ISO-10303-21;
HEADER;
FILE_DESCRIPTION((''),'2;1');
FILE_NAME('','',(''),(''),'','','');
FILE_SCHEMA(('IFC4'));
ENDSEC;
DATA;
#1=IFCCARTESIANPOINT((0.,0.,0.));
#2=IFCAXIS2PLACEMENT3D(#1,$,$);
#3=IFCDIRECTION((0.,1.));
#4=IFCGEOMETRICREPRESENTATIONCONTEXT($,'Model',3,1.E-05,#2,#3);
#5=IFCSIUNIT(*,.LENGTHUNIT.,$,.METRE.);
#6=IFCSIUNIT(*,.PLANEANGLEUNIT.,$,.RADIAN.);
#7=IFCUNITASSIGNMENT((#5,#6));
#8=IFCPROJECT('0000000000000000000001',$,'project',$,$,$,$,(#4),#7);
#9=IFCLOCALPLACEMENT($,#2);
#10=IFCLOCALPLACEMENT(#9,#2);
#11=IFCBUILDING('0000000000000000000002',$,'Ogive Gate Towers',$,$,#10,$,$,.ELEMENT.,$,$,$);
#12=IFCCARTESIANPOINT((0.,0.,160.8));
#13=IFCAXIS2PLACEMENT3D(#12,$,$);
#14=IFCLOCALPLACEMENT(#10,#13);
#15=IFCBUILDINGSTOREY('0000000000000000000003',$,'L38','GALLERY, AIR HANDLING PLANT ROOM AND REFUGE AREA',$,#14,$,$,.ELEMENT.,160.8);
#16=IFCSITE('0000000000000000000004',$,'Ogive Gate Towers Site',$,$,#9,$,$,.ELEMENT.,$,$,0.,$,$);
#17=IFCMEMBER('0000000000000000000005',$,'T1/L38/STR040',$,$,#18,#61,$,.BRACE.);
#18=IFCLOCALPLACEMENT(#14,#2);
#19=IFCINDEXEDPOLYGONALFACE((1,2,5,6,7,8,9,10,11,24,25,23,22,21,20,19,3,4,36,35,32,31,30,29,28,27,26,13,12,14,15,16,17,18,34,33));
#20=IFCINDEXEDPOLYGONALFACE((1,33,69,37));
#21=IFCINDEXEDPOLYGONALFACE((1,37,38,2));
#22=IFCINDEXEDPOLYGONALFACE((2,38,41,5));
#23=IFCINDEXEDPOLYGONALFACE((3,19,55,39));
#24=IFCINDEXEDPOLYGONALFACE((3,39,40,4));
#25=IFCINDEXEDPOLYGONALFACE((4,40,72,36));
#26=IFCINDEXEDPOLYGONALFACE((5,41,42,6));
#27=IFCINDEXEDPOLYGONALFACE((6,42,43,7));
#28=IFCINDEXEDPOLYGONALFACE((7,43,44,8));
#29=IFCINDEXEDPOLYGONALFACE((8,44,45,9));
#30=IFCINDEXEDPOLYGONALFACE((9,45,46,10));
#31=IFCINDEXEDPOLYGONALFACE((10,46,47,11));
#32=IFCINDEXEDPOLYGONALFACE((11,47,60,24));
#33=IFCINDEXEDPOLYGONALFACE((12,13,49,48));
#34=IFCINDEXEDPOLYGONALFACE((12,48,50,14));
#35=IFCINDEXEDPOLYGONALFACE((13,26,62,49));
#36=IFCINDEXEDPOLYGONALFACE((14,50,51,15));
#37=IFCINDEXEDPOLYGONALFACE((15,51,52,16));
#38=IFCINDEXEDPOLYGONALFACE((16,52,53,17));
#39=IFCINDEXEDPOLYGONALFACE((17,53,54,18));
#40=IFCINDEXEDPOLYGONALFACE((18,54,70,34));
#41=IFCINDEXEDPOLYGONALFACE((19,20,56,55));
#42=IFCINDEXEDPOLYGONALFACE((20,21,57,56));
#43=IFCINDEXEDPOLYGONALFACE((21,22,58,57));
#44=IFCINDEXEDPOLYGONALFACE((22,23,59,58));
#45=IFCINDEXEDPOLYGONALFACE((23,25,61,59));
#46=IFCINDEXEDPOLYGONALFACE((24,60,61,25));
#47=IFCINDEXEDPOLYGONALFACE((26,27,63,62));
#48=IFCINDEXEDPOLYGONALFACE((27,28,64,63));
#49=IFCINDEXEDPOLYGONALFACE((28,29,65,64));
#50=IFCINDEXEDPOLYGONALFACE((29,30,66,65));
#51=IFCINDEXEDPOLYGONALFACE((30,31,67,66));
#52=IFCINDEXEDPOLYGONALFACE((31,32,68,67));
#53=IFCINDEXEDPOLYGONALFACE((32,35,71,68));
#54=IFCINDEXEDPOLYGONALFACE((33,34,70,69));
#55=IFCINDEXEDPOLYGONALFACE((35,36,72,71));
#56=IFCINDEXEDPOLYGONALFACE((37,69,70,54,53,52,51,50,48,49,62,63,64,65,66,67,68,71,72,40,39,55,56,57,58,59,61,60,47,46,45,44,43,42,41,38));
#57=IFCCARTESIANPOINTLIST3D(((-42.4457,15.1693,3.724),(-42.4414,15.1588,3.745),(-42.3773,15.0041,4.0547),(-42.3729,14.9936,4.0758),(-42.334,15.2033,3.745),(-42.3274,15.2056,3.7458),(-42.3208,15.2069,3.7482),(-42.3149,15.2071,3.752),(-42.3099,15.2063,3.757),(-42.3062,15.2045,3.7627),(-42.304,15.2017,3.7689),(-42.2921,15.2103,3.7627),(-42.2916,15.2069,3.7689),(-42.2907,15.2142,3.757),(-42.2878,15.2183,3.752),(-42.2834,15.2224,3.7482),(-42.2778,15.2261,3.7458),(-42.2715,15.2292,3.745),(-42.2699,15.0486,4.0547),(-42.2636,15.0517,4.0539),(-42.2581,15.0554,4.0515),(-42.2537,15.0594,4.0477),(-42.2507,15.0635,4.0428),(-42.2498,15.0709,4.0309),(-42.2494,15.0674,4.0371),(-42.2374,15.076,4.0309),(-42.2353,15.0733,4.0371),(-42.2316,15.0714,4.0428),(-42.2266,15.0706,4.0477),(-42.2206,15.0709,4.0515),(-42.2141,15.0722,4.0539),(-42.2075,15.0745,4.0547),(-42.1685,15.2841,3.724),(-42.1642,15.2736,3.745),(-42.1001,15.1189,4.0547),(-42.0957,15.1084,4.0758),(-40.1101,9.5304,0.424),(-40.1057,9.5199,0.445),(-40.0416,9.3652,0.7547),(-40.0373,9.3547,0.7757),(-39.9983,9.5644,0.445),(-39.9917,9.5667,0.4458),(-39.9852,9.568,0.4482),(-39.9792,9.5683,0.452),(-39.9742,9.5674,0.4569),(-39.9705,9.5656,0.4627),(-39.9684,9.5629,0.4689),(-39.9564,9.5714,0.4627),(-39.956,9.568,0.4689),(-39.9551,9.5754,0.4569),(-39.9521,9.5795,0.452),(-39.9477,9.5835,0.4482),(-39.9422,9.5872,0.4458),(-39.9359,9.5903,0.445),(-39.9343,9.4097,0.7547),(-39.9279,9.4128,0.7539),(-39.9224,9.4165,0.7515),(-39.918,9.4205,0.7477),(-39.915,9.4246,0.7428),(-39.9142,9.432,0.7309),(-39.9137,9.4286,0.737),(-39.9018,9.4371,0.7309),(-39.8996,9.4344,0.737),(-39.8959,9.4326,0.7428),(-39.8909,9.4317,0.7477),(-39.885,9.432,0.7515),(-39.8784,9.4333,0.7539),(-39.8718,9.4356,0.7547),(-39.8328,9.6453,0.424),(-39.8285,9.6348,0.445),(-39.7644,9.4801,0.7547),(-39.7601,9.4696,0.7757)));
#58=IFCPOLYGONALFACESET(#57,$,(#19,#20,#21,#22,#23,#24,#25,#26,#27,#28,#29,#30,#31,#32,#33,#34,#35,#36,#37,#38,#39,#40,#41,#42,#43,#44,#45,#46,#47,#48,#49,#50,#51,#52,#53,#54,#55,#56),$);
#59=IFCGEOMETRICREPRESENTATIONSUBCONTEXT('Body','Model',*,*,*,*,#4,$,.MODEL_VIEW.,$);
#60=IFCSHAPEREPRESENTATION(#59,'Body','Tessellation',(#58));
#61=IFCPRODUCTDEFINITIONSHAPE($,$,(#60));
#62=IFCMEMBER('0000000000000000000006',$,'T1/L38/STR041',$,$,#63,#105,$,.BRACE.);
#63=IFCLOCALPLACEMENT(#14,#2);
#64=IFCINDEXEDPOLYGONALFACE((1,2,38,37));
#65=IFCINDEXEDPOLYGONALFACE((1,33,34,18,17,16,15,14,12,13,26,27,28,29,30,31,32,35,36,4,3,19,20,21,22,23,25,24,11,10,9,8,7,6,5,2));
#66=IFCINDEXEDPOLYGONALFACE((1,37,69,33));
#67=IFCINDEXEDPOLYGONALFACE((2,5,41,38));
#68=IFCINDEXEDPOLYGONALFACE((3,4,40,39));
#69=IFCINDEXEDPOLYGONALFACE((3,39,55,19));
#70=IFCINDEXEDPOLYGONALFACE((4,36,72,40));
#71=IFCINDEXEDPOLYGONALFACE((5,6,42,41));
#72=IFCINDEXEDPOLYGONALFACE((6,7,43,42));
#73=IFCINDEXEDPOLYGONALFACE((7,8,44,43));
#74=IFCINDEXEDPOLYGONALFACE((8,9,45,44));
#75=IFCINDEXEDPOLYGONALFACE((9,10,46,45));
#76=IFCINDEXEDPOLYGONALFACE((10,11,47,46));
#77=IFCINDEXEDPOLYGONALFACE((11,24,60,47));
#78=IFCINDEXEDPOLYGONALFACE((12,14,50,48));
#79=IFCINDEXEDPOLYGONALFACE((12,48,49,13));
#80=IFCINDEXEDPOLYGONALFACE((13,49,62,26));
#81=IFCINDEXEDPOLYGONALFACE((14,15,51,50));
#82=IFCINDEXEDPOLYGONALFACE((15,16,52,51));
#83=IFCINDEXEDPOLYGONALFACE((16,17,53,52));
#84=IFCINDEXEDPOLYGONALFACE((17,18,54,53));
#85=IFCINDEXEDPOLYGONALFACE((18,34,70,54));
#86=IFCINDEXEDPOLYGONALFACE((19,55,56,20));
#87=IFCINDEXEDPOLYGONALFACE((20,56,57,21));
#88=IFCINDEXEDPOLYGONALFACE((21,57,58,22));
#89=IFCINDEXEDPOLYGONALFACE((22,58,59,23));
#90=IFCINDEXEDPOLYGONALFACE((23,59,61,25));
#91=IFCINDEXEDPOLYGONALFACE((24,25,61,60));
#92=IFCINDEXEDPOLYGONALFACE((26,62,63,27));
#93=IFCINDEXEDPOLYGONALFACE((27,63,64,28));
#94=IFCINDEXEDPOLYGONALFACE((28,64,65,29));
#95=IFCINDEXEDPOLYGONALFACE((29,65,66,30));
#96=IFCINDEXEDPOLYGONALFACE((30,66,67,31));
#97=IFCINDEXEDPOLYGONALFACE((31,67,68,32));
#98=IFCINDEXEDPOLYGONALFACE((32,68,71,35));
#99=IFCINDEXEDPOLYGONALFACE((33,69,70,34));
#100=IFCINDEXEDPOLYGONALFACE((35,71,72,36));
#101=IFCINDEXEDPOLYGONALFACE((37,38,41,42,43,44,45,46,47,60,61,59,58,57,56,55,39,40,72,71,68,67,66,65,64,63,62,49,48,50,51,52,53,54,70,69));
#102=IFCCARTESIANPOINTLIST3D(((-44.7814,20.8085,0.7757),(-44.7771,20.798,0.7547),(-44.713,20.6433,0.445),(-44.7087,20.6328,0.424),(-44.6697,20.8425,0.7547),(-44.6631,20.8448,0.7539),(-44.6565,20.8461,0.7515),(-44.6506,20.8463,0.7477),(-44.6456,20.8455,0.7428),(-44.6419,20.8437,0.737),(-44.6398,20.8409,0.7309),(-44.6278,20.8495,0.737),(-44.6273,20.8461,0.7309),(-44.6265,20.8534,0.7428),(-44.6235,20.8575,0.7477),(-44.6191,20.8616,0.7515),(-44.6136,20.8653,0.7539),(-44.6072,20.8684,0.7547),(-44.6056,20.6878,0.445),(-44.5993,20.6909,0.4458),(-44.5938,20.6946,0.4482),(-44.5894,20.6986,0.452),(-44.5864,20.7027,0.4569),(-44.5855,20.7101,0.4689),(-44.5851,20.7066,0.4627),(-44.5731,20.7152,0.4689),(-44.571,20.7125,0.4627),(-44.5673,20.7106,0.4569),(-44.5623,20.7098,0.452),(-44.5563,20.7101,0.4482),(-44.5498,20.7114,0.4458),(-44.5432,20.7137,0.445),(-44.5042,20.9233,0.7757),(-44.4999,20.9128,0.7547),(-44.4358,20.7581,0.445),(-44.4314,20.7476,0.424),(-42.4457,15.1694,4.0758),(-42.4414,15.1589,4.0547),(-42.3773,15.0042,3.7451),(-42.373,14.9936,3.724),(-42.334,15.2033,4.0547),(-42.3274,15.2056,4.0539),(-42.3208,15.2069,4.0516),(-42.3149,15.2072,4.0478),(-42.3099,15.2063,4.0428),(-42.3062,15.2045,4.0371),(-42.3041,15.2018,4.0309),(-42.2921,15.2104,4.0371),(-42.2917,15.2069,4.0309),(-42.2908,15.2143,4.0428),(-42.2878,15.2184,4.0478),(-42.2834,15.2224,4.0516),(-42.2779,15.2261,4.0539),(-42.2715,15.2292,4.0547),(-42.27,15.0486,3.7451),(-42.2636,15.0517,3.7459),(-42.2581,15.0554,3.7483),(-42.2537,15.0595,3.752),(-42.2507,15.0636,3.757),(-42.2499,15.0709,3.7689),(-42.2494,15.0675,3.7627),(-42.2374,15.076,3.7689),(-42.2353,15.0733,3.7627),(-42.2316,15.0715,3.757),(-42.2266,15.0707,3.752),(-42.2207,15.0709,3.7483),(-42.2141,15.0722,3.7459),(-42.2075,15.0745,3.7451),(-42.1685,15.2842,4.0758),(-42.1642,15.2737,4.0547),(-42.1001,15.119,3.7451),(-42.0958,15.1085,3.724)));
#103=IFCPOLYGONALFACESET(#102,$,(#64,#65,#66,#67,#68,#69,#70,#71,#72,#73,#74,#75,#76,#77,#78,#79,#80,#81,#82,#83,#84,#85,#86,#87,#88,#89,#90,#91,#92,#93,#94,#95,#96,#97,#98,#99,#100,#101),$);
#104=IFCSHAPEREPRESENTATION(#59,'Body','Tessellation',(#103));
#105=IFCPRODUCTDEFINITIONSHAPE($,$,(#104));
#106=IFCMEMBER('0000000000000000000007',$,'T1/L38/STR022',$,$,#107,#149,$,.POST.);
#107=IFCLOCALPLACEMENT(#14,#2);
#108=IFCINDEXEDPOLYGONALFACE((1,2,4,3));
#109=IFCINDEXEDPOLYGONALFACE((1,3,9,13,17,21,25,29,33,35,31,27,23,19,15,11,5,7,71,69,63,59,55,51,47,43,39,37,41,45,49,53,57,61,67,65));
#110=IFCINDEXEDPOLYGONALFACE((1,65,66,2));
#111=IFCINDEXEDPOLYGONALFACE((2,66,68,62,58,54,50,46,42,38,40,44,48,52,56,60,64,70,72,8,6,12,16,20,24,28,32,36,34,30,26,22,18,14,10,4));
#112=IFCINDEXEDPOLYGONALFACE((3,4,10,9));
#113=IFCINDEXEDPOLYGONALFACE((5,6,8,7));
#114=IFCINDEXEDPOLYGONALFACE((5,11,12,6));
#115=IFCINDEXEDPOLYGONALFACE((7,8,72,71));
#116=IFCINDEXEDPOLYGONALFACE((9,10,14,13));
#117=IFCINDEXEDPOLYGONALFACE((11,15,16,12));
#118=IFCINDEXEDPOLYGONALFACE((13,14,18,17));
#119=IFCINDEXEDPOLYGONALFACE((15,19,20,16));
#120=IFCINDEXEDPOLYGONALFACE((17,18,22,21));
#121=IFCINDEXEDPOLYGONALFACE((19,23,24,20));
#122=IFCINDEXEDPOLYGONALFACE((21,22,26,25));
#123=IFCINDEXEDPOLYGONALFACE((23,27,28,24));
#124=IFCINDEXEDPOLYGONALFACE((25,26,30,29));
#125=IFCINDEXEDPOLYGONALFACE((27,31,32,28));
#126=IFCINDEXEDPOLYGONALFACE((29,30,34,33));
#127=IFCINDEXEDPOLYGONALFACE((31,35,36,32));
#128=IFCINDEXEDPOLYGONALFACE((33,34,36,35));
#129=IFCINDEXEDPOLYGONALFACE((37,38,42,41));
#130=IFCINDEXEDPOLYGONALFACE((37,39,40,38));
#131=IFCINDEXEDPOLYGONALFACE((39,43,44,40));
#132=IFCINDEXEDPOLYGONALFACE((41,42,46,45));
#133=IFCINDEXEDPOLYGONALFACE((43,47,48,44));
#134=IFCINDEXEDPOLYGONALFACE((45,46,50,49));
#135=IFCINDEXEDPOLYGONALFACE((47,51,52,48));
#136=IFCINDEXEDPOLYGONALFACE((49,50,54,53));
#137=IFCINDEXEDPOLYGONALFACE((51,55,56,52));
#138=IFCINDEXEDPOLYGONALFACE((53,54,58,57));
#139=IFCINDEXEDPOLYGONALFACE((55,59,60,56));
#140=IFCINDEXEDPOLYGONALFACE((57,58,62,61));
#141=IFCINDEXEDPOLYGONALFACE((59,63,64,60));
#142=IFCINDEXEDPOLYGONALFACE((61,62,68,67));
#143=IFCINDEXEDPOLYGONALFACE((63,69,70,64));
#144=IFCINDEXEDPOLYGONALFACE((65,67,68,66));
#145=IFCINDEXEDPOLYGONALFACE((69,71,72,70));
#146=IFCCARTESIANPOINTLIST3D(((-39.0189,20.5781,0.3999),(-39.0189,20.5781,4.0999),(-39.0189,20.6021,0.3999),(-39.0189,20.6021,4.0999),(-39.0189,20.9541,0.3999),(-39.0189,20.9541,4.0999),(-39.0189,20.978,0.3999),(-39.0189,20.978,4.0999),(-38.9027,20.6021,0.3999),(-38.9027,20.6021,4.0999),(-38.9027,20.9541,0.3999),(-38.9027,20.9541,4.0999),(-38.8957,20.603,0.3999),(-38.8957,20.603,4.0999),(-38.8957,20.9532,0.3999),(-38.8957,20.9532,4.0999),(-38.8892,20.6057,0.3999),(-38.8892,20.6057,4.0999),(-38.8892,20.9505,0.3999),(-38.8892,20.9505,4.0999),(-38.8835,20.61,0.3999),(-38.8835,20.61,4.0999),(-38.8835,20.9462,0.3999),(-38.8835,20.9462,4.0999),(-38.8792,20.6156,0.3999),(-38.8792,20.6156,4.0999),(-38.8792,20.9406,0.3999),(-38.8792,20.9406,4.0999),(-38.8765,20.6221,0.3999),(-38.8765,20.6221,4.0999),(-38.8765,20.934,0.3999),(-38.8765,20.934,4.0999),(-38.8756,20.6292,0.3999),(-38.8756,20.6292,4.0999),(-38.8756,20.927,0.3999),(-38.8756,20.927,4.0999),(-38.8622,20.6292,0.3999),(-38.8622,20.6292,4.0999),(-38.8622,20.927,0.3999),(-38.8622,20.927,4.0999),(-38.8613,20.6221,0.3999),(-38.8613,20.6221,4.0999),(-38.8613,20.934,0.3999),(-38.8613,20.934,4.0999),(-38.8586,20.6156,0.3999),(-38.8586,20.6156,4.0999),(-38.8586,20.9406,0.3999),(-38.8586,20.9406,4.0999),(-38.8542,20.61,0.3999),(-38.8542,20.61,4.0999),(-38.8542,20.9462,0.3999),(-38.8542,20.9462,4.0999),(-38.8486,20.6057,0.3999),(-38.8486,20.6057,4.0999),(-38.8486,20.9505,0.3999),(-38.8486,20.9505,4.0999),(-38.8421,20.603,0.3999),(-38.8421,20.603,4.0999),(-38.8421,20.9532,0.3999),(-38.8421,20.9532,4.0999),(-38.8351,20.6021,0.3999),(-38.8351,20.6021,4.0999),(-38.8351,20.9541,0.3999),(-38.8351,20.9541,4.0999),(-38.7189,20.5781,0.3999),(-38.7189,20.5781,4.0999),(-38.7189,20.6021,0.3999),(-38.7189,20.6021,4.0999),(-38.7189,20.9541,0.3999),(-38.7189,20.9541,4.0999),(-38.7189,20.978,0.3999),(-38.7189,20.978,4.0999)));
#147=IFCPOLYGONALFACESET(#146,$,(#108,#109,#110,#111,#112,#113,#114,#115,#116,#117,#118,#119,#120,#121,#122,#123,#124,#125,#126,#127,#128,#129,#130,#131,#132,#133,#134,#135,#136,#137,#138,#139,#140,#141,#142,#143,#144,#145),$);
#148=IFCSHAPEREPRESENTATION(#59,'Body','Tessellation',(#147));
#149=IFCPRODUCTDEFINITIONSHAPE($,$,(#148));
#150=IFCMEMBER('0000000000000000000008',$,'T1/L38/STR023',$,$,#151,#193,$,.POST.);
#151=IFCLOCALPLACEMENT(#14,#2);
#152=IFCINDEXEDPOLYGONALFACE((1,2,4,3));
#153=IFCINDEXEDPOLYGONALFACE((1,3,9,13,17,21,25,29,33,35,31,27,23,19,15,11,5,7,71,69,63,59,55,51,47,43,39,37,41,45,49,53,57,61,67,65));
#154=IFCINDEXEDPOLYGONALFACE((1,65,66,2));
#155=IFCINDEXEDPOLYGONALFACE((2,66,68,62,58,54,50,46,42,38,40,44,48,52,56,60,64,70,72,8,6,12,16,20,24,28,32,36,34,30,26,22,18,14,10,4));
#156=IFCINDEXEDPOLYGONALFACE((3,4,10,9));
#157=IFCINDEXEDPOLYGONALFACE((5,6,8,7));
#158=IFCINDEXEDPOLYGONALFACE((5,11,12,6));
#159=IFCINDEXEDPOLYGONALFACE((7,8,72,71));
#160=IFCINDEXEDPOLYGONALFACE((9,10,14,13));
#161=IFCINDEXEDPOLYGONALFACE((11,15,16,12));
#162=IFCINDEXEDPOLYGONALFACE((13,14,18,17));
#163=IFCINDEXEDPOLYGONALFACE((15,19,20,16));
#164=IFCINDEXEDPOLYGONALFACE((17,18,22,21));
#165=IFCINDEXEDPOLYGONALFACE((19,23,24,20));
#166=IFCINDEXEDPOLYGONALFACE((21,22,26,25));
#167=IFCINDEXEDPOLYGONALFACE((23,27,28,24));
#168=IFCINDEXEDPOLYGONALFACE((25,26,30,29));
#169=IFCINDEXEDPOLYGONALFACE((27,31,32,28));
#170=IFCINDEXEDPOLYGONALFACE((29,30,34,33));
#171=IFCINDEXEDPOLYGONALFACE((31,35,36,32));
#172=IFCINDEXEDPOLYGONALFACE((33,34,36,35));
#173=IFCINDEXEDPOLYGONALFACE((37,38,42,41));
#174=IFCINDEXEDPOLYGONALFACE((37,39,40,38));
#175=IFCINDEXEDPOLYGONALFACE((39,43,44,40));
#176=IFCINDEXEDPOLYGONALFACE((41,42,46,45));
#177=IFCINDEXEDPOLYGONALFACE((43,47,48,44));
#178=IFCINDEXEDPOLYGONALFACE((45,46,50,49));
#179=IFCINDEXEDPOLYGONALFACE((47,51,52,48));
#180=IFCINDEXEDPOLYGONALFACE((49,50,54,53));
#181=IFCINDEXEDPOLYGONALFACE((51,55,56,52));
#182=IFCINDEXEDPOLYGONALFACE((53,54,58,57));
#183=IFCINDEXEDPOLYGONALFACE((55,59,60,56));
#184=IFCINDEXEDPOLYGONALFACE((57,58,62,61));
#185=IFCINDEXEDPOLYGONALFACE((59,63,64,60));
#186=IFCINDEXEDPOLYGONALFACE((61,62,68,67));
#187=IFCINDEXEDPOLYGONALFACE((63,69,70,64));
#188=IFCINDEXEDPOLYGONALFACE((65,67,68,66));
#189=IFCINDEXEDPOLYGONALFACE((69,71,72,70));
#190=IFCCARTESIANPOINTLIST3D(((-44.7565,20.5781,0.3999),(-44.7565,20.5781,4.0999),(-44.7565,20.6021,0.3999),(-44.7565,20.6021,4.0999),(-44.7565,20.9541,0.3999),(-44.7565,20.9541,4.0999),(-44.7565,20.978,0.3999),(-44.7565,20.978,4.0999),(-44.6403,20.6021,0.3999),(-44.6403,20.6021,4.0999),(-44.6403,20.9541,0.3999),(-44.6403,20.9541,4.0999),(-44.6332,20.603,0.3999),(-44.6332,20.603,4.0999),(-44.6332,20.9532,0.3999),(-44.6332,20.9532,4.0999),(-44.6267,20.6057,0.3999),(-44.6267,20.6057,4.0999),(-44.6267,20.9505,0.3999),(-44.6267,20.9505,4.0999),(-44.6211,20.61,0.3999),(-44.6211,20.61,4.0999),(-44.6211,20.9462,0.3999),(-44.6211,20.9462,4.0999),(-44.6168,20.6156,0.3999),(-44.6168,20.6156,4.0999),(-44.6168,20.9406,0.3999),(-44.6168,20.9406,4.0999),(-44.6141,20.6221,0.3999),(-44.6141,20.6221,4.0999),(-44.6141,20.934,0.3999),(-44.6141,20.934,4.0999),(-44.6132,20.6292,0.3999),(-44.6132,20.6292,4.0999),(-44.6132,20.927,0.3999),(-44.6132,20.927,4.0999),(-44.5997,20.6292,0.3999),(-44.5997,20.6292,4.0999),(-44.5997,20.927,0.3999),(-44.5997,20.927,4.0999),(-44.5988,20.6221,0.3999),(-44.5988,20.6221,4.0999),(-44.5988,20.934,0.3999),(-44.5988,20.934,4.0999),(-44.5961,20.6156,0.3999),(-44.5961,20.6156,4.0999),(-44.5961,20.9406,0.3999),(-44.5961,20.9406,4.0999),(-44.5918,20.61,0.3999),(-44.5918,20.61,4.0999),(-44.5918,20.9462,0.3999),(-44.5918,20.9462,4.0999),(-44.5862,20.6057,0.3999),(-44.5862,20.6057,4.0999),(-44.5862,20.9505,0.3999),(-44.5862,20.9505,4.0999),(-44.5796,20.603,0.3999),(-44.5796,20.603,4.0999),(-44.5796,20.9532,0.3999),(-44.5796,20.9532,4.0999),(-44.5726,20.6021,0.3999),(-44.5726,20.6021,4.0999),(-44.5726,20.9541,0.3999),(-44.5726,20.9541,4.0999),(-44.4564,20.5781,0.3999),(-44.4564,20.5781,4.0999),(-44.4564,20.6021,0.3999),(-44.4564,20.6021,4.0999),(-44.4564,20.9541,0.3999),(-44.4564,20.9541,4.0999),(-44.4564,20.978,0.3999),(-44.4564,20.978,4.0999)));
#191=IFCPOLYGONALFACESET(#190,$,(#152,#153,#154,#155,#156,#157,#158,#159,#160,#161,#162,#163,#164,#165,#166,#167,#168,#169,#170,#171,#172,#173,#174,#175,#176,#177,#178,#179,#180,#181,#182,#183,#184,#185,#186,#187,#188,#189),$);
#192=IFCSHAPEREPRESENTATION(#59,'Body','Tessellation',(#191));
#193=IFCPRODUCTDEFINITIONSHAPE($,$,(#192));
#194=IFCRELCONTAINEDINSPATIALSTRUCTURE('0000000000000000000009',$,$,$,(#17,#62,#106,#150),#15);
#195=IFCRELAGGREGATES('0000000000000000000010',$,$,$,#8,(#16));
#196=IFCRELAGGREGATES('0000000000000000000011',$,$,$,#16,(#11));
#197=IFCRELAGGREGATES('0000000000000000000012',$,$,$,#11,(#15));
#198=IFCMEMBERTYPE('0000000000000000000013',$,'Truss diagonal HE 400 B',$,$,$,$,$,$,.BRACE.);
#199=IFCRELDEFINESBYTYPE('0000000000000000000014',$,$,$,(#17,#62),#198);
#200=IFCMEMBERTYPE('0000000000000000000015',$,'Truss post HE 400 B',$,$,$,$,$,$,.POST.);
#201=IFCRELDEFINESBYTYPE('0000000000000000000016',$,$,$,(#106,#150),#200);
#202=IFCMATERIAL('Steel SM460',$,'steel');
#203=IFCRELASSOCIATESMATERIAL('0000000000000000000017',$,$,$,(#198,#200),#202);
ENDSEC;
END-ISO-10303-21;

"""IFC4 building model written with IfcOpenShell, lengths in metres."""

from ifc_helpers import new_model, si_unit, direction, frame, origin, origin_2d, place, context, subcontext, project, spatial, i_section, extrude, material, material_profile, profile_set, type_object, element, save


model = new_model("IFC4")

# Units and contexts
model_context = context("Model", 3, precision=1e-05, world=origin(), true_north=direction((0.0, 1.0)))
body_context = subcontext(model_context, "Body", "Model", "MODEL_VIEW")
ifc_project = project(units=[si_unit("LENGTHUNIT", "METRE"), si_unit("PLANEANGLEUNIT", "RADIAN")], contexts=[model_context])

# Site, building, storey
site_placement = place(None, origin())
site = spatial("IfcSite", under=ifc_project, at=site_placement, Name="Ogive Gate Towers Site", CompositionType="ELEMENT", RefElevation=0.0)
building_placement = place(site_placement, origin())
building = spatial("IfcBuilding", under=site, at=building_placement, Name="Ogive Gate Towers", CompositionType="ELEMENT")
storey_placement = place(building_placement, frame((0.0, 0.0, 160.8)))
storey = spatial("IfcBuildingStorey", under=building, at=storey_placement, Name="L38", Description="GALLERY, AIR HANDLING PLANT ROOM AND REFUGE AREA", CompositionType="ELEMENT", Elevation=160.8)

# Shared definitions
ifc_material_1 = material(Name="Steel SM460", Category="steel")

# Members
ifc_material_profile_1 = material_profile(ifc_material_1, i_section(OverallWidth=0.3, OverallDepth=0.3999, WebThickness=0.0134, FlangeThickness=0.0239, FilletRadius=0.0271, at=origin_2d()), Name="HE 400 B")
ifc_profile_set_1 = profile_set([ifc_material_profile_1], Name="Steel SM460")
member_type_1 = type_object("IfcMemberType", Name="Truss diagonal HE 400 B", PredefinedType="BRACE", material=ifc_profile_set_1)
member_1_placement = place(storey_placement, frame((-39.9351, 9.5, 0.5999), z_axis=(-0.336627, 0.812696, 0.475612), x_axis=(-0.923881, -0.38268, 0.0)))
element("IfcMember", 1, at=member_1_placement, inside=storey, type_object=member_type_1, Name="T1/L38/STR040", PredefinedType="BRACE", context=body_context, shape_type="SweptSolid", body=[
    extrude(i_section(OverallWidth=0.3, OverallDepth=0.3999, WebThickness=0.0134, FlangeThickness=0.0239, FilletRadius=0.0271, at=origin_2d()), origin(), (0.0, 0.0, 1.0), 6.9385),
])
member_2_placement = place(storey_placement, frame((-42.2708, 15.1389, 3.8999), z_axis=(-0.336617, 0.812708, -0.475599), x_axis=(-0.923887, -0.382666, 0.0)))
element("IfcMember", 2, at=member_2_placement, inside=storey, type_object=member_type_1, Name="T1/L38/STR041", PredefinedType="BRACE", context=body_context, shape_type="SweptSolid", body=[
    extrude(i_section(OverallWidth=0.3, OverallDepth=0.3999, WebThickness=0.0134, FlangeThickness=0.0239, FilletRadius=0.0271, at=origin_2d()), origin(), (0.0, 0.0, 1.0), 6.9387),
])
ifc_material_profile_2 = material_profile(ifc_material_1, i_section(OverallWidth=0.3, OverallDepth=0.3999, WebThickness=0.0134, FlangeThickness=0.0239, FilletRadius=0.0271, at=origin_2d()), Name="HE 400 B")
ifc_profile_set_2 = profile_set([ifc_material_profile_2], Name="Steel SM460")
member_type_2 = type_object("IfcMemberType", Name="Truss post HE 400 B", PredefinedType="POST", material=ifc_profile_set_2)
for number, where, z_axis, x_axis, name in (
    (3, (-38.8689, 20.7781, 0.3999), (0.0, 0.0, 1.0), (1.0, 0.0, 0.0), "T1/L38/STR022"),
    (4, (-44.6064, 20.7781, 0.3999), (0.0, 0.0, 1.0), (1.0, 0.0, 0.0), "T1/L38/STR023"),
):
    element("IfcMember", number, at=place(storey_placement, frame(where, z_axis=z_axis, x_axis=x_axis)), inside=storey, type_object=member_type_2, Name=name, PredefinedType="POST", context=body_context, shape_type="SweptSolid", body=[
        extrude(i_section(OverallWidth=0.3, OverallDepth=0.3999, WebThickness=0.0134, FlangeThickness=0.0239, FilletRadius=0.0271, at=origin_2d()), origin(), (0.0, 0.0, 1.0), 3.7),
    ])

save(model, "model.ifc")
